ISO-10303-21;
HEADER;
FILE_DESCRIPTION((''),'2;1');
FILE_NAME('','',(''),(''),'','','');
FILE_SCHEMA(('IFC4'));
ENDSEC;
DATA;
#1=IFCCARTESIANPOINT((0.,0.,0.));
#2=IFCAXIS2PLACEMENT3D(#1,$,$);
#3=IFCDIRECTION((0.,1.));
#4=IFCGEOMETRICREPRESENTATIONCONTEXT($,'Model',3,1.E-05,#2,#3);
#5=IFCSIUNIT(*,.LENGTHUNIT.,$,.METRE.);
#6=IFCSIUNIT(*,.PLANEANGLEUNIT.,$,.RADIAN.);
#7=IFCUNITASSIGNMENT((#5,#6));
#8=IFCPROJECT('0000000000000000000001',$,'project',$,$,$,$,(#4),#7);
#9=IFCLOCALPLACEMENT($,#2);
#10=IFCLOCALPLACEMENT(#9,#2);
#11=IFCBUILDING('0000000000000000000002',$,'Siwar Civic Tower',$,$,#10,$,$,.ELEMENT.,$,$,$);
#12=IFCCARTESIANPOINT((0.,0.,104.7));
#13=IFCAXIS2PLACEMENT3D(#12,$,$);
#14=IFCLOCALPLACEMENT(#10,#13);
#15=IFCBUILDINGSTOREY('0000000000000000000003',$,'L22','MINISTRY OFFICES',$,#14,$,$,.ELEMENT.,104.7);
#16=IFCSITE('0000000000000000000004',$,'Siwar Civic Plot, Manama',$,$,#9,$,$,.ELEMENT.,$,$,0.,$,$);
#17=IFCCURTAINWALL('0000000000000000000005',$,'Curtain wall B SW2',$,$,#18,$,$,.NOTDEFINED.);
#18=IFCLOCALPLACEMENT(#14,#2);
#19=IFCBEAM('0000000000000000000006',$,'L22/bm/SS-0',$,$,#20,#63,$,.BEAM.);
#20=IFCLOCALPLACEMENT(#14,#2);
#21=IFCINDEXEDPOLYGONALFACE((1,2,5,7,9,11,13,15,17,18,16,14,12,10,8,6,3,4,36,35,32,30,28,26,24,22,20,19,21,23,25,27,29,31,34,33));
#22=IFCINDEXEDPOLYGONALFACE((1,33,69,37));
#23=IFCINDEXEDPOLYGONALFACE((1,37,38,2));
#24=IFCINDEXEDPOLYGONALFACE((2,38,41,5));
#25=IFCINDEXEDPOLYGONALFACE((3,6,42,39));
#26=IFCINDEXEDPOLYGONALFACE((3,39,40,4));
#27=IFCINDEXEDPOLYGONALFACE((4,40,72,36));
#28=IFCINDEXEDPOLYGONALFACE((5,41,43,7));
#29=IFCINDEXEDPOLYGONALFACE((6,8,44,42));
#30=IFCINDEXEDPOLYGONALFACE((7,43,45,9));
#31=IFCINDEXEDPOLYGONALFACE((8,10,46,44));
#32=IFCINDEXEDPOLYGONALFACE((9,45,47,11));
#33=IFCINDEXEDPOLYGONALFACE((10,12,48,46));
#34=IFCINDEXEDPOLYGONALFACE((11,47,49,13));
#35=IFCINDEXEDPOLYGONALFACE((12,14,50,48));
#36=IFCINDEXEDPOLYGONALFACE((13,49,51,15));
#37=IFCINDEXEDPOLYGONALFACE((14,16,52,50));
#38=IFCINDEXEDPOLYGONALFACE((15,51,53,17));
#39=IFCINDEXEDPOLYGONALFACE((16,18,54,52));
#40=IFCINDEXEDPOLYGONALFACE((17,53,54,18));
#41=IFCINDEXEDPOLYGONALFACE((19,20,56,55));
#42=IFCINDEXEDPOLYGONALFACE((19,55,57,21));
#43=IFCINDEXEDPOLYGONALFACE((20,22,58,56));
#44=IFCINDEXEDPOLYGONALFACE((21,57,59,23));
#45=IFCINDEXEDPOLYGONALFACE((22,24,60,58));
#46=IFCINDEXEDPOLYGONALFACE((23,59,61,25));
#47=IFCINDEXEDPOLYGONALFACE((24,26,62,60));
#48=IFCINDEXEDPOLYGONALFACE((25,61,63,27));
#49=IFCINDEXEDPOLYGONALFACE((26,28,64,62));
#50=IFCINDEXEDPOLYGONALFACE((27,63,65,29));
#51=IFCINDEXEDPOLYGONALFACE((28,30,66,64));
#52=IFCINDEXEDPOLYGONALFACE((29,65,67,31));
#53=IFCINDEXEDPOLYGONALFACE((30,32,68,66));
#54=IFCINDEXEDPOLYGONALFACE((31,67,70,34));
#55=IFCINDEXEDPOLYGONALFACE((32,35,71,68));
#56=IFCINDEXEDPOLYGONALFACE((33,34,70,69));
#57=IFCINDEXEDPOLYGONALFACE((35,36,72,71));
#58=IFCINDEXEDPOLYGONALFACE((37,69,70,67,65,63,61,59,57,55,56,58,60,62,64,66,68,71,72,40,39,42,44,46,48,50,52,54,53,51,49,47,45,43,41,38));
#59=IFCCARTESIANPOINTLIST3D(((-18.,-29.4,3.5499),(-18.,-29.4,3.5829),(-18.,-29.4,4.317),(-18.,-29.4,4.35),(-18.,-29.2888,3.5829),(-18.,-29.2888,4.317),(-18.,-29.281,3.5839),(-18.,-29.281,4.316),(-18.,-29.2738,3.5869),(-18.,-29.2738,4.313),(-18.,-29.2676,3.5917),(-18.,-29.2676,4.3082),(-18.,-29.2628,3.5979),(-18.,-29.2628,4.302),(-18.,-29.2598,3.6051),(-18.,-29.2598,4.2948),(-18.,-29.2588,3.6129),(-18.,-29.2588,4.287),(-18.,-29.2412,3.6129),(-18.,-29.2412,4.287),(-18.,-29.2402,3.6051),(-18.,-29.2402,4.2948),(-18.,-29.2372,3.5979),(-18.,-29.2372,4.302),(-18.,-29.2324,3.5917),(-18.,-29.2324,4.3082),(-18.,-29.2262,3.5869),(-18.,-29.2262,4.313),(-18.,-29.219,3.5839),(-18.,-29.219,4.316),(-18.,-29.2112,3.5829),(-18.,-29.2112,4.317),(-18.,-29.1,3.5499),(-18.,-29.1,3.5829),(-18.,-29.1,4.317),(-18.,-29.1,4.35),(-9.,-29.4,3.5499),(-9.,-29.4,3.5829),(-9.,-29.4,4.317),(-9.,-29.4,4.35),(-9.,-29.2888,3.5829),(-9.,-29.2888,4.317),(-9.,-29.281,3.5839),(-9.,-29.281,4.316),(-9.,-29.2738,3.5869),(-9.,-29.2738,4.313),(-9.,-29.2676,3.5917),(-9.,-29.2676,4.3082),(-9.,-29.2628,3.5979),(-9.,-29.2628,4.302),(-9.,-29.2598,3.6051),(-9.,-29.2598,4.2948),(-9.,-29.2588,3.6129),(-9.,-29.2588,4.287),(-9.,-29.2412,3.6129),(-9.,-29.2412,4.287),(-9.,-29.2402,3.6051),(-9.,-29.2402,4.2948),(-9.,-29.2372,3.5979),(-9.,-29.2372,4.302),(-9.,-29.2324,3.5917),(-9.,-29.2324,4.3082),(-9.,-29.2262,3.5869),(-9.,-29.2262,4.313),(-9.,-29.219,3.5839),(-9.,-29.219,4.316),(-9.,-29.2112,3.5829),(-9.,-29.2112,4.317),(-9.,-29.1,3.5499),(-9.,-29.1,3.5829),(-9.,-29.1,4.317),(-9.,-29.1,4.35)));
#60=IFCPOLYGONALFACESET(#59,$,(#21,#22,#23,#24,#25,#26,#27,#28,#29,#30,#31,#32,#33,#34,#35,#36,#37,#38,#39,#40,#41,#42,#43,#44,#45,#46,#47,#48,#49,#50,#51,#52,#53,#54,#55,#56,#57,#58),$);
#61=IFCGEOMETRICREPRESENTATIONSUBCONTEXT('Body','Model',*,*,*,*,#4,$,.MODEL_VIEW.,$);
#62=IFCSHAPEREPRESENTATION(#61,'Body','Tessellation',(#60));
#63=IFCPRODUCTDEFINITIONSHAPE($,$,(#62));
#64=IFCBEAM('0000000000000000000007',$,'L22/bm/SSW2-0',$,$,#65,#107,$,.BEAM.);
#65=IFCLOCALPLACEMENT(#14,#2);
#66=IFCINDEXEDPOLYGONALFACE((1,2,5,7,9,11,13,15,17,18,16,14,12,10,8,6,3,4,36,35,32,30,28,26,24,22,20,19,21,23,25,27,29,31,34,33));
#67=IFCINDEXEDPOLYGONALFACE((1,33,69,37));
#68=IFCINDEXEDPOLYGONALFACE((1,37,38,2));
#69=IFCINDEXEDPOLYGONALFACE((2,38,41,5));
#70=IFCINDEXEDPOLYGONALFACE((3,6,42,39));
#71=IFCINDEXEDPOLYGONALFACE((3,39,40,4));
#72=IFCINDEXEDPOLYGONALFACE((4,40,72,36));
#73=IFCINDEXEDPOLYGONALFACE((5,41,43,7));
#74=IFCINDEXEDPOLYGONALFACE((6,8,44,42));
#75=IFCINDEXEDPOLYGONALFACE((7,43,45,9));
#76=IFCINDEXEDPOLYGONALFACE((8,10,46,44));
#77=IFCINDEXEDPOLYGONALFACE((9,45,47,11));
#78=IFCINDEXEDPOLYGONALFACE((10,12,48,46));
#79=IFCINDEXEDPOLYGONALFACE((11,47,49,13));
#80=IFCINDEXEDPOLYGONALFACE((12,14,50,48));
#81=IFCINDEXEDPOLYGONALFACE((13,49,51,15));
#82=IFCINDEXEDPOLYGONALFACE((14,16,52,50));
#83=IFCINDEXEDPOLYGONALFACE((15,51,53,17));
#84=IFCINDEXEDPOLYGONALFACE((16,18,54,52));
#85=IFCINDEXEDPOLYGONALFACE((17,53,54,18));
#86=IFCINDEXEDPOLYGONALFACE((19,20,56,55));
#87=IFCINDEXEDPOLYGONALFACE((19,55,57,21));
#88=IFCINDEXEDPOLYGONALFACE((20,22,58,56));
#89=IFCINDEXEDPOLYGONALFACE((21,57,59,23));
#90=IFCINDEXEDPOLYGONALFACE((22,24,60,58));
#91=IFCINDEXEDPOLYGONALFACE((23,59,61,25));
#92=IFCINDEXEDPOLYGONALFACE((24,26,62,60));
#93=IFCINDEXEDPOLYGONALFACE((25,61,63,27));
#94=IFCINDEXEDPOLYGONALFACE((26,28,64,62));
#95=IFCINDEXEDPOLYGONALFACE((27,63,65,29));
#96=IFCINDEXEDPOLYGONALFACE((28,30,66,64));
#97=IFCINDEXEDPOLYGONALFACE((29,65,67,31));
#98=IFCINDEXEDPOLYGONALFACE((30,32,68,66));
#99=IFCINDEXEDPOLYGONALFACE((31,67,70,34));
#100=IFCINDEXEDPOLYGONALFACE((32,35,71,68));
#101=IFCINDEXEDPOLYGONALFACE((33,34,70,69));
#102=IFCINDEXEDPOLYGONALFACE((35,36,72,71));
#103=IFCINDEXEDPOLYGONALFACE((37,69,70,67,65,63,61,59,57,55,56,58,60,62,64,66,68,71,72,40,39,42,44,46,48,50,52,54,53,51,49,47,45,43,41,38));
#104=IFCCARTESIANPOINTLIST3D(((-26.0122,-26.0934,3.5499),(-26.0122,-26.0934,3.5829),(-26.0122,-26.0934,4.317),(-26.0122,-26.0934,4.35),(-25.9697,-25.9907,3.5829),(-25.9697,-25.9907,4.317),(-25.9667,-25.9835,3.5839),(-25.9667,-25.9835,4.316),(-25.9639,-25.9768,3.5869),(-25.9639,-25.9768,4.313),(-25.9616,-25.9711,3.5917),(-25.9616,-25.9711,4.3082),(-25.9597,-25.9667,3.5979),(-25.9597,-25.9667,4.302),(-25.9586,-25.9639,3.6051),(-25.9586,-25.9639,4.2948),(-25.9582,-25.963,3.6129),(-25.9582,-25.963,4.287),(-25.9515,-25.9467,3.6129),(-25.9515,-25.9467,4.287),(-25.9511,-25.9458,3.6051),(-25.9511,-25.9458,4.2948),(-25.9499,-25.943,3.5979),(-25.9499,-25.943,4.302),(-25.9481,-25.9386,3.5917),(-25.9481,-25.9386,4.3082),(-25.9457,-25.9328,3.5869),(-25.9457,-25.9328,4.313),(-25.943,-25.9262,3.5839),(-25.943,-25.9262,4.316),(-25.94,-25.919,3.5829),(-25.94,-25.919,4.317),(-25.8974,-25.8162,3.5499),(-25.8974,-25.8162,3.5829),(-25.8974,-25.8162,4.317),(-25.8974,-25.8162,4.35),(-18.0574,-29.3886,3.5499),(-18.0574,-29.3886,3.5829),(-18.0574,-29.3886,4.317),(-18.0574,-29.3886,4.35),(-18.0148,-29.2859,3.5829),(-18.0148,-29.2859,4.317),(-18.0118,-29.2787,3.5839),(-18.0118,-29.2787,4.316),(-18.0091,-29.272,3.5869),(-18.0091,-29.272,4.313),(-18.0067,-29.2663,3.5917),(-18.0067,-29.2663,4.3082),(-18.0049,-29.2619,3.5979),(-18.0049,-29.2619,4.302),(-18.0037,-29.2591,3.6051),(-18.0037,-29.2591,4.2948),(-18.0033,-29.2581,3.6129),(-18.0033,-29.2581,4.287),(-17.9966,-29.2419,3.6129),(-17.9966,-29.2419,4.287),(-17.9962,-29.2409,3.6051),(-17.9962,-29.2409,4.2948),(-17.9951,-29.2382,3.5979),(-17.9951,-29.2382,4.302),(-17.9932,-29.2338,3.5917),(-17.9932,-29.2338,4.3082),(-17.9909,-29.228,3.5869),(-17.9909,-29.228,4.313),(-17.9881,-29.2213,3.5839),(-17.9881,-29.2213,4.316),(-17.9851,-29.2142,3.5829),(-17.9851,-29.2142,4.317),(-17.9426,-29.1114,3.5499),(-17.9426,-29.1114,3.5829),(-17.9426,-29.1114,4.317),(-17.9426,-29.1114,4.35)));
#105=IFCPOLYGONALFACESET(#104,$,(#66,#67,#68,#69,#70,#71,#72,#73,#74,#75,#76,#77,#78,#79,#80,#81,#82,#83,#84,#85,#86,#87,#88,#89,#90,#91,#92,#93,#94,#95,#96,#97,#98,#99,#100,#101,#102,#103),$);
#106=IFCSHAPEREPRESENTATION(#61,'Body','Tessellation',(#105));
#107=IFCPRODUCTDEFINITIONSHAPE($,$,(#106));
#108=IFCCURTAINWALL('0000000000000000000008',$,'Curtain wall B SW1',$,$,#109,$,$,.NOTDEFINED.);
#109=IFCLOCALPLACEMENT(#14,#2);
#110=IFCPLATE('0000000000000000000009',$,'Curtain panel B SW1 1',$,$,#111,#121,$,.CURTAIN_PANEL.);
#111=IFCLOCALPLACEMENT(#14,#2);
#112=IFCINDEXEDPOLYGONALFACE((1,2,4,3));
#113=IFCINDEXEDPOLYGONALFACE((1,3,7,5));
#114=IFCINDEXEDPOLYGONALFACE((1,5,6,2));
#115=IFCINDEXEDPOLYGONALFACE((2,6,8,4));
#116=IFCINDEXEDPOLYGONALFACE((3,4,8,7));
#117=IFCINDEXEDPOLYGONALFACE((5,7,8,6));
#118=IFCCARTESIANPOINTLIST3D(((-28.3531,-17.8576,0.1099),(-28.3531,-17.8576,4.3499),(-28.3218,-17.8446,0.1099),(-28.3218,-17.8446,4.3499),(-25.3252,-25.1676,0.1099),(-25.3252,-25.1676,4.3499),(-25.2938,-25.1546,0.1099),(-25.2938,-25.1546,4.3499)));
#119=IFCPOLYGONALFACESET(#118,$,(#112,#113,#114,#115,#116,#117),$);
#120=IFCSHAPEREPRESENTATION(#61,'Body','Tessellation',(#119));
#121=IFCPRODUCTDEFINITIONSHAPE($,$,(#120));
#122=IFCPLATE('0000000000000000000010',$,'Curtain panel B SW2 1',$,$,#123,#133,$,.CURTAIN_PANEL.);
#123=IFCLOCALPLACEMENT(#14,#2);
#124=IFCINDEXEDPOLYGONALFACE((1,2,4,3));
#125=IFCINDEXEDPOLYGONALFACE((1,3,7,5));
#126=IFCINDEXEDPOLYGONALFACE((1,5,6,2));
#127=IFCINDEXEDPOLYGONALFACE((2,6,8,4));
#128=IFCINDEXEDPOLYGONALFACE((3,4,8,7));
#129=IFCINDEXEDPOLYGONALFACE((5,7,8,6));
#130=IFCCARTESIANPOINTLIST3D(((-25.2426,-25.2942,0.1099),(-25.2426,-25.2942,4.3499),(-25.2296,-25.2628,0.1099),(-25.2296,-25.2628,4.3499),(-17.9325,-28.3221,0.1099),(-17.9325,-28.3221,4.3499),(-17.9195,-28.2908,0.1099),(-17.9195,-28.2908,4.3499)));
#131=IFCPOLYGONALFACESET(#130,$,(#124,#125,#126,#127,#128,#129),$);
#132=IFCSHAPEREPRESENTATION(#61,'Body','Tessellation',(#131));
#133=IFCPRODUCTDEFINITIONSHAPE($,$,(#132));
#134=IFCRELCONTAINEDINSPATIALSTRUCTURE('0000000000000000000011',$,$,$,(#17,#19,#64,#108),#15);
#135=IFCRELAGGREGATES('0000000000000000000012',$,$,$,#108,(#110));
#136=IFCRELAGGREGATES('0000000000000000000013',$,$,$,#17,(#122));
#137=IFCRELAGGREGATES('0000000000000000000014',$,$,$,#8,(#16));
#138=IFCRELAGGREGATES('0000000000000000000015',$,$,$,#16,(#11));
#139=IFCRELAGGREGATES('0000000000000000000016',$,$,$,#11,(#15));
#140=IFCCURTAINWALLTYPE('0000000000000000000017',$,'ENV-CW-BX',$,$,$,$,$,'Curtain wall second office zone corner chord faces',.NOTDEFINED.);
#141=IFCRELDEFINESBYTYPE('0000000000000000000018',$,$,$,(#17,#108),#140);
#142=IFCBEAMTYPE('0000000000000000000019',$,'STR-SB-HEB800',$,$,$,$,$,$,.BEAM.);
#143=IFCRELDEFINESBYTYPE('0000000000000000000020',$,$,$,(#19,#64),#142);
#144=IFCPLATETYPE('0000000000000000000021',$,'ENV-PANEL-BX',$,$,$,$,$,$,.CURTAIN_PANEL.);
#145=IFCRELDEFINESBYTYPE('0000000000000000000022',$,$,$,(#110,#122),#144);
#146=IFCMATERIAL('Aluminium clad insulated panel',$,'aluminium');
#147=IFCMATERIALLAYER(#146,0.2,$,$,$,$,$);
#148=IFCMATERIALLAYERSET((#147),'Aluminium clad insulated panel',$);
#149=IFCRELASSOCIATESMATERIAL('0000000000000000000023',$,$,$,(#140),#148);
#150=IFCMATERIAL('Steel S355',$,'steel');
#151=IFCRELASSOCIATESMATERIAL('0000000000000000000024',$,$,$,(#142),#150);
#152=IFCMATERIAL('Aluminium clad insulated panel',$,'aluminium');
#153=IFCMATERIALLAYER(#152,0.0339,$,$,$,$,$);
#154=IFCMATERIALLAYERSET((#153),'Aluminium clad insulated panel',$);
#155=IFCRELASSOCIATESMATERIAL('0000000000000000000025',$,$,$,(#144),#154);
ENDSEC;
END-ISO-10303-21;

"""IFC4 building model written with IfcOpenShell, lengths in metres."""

from ifc_helpers import new_model, si_unit, direction, frame, origin, origin_2d, place, context, subcontext, project, spatial, rectangle, i_section, extrude, material, layer, layer_set, material_profile, profile_set, type_object, element, aggregate, save


model = new_model("IFC4")

# Units and contexts
model_context = context("Model", 3, precision=1e-05, world=origin(), true_north=direction((0.0, 1.0)))
body_context = subcontext(model_context, "Body", "Model", "MODEL_VIEW")
ifc_project = project(units=[si_unit("LENGTHUNIT", "METRE"), si_unit("PLANEANGLEUNIT", "RADIAN")], contexts=[model_context])

# Site, building, storey
site_placement = place(None, origin())
site = spatial("IfcSite", under=ifc_project, at=site_placement, Name="Siwar Civic Plot, Manama", CompositionType="ELEMENT", RefElevation=0.0)
building_placement = place(site_placement, origin())
building = spatial("IfcBuilding", under=site, at=building_placement, Name="Siwar Civic Tower", CompositionType="ELEMENT")
storey_placement = place(building_placement, frame((0.0, 0.0, 104.7)))
storey = spatial("IfcBuildingStorey", under=building, at=storey_placement, Name="L22", Description="MINISTRY OFFICES", CompositionType="ELEMENT", Elevation=104.7)

# Curtain wall
ifc_material_1 = material(Name="Aluminium clad insulated panel", Category="aluminium")
ifc_layer_1 = layer(ifc_material_1, 0.2)
ifc_layer_set_1 = layer_set([ifc_layer_1], Name="Aluminium clad insulated panel")
curtain_wall_type = type_object("IfcCurtainWallType", Name="ENV-CW-BX", ElementType="Curtain wall second office zone corner chord faces", PredefinedType="NOTDEFINED", material=ifc_layer_set_1)
curtain_wall_1_placement = place(storey_placement, origin())
curtain_wall_1 = element("IfcCurtainWall", 1, at=curtain_wall_1_placement, inside=storey, type_object=curtain_wall_type, Name="Curtain wall B SW2", PredefinedType="NOTDEFINED")

# Beams
ifc_material_2 = material(Name="Steel S355", Category="steel")
ifc_material_profile_1 = material_profile(ifc_material_2, i_section(OverallWidth=0.3, OverallDepth=0.8, WebThickness=0.0176, FlangeThickness=0.033, FilletRadius=0.03, at=origin_2d()), Name="HEB800")
ifc_profile_set_1 = profile_set([ifc_material_profile_1], Name="Steel S355")
beam_type_1 = type_object("IfcBeamType", Name="STR-SB-HEB800", PredefinedType="BEAM", material=ifc_profile_set_1)
beam_1_placement = place(storey_placement, frame((-18.0, -29.25, 3.95), z_axis=(1.0, 0.0, 0.0), x_axis=(0.0, 1.0, 0.0)))
element("IfcBeam", 2, at=beam_1_placement, inside=storey, type_object=beam_type_1, Name="L22/bm/SS-0", PredefinedType="BEAM", context=body_context, shape_type="SweptSolid", body=[
    extrude(i_section(OverallWidth=0.3, OverallDepth=0.8, WebThickness=0.0176, FlangeThickness=0.033, FilletRadius=0.03, at=origin_2d()), origin(), (0.0, 0.0, 1.0), 9.0),
])
beam_2_placement = place(storey_placement, frame((-25.9548, -25.9548, 3.95), z_axis=(0.923873, -0.3827, 0.0), x_axis=(0.3827, 0.923873, 0.0)))
element("IfcBeam", 3, at=beam_2_placement, inside=storey, type_object=beam_type_1, Name="L22/bm/SSW2-0", PredefinedType="BEAM", context=body_context, shape_type="SweptSolid", body=[
    extrude(i_section(OverallWidth=0.3, OverallDepth=0.8, WebThickness=0.0176, FlangeThickness=0.033, FilletRadius=0.03, at=origin_2d()), origin(), (0.0, 0.0, 1.0), 8.6104),
])

# Curtain wall, plate
curtain_wall_2_placement = place(storey_placement, origin())
curtain_wall_2 = element("IfcCurtainWall", 4, at=curtain_wall_2_placement, inside=storey, type_object=curtain_wall_type, Name="Curtain wall B SW1", PredefinedType="NOTDEFINED")
ifc_material_3 = material(Name="Aluminium clad insulated panel", Category="aluminium")
ifc_layer_2 = layer(ifc_material_3, 0.0339)
ifc_layer_set_2 = layer_set([ifc_layer_2], Name="Aluminium clad insulated panel")
plate_type = type_object("IfcPlateType", Name="ENV-PANEL-BX", PredefinedType="CURTAIN_PANEL", material=ifc_layer_set_2)
plate_1_placement = place(storey_placement, frame((-26.8235, -21.5061, 0.1099), z_axis=(0.0, 0.0, 1.0), x_axis=(0.382683, -0.92388, 0.0)))
plate_1 = element("IfcPlate", 5, at=plate_1_placement, type_object=plate_type, Name="Curtain panel B SW1 1", PredefinedType="CURTAIN_PANEL", context=body_context, shape_type="SweptSolid", body=[
    extrude(rectangle(XDim=7.9124, YDim=0.0339, at=origin_2d()), origin(), (0.0, 0.0, 1.0), 4.24),
])
aggregate(curtain_wall_2, [plate_1])

# Plate
plate_2_placement = place(storey_placement, frame((-21.5811, -26.7925, 0.1099), z_axis=(0.0, 0.0, 1.0), x_axis=(0.92388, -0.382683, 0.0)))
plate_2 = element("IfcPlate", 6, at=plate_2_placement, type_object=plate_type, Name="Curtain panel B SW2 1", PredefinedType="CURTAIN_PANEL", context=body_context, shape_type="SweptSolid", body=[
    extrude(rectangle(XDim=7.9124, YDim=0.0339, at=origin_2d()), origin(), (0.0, 0.0, 1.0), 4.24),
])
aggregate(curtain_wall_1, [plate_2])

save(model, "model.ifc")
